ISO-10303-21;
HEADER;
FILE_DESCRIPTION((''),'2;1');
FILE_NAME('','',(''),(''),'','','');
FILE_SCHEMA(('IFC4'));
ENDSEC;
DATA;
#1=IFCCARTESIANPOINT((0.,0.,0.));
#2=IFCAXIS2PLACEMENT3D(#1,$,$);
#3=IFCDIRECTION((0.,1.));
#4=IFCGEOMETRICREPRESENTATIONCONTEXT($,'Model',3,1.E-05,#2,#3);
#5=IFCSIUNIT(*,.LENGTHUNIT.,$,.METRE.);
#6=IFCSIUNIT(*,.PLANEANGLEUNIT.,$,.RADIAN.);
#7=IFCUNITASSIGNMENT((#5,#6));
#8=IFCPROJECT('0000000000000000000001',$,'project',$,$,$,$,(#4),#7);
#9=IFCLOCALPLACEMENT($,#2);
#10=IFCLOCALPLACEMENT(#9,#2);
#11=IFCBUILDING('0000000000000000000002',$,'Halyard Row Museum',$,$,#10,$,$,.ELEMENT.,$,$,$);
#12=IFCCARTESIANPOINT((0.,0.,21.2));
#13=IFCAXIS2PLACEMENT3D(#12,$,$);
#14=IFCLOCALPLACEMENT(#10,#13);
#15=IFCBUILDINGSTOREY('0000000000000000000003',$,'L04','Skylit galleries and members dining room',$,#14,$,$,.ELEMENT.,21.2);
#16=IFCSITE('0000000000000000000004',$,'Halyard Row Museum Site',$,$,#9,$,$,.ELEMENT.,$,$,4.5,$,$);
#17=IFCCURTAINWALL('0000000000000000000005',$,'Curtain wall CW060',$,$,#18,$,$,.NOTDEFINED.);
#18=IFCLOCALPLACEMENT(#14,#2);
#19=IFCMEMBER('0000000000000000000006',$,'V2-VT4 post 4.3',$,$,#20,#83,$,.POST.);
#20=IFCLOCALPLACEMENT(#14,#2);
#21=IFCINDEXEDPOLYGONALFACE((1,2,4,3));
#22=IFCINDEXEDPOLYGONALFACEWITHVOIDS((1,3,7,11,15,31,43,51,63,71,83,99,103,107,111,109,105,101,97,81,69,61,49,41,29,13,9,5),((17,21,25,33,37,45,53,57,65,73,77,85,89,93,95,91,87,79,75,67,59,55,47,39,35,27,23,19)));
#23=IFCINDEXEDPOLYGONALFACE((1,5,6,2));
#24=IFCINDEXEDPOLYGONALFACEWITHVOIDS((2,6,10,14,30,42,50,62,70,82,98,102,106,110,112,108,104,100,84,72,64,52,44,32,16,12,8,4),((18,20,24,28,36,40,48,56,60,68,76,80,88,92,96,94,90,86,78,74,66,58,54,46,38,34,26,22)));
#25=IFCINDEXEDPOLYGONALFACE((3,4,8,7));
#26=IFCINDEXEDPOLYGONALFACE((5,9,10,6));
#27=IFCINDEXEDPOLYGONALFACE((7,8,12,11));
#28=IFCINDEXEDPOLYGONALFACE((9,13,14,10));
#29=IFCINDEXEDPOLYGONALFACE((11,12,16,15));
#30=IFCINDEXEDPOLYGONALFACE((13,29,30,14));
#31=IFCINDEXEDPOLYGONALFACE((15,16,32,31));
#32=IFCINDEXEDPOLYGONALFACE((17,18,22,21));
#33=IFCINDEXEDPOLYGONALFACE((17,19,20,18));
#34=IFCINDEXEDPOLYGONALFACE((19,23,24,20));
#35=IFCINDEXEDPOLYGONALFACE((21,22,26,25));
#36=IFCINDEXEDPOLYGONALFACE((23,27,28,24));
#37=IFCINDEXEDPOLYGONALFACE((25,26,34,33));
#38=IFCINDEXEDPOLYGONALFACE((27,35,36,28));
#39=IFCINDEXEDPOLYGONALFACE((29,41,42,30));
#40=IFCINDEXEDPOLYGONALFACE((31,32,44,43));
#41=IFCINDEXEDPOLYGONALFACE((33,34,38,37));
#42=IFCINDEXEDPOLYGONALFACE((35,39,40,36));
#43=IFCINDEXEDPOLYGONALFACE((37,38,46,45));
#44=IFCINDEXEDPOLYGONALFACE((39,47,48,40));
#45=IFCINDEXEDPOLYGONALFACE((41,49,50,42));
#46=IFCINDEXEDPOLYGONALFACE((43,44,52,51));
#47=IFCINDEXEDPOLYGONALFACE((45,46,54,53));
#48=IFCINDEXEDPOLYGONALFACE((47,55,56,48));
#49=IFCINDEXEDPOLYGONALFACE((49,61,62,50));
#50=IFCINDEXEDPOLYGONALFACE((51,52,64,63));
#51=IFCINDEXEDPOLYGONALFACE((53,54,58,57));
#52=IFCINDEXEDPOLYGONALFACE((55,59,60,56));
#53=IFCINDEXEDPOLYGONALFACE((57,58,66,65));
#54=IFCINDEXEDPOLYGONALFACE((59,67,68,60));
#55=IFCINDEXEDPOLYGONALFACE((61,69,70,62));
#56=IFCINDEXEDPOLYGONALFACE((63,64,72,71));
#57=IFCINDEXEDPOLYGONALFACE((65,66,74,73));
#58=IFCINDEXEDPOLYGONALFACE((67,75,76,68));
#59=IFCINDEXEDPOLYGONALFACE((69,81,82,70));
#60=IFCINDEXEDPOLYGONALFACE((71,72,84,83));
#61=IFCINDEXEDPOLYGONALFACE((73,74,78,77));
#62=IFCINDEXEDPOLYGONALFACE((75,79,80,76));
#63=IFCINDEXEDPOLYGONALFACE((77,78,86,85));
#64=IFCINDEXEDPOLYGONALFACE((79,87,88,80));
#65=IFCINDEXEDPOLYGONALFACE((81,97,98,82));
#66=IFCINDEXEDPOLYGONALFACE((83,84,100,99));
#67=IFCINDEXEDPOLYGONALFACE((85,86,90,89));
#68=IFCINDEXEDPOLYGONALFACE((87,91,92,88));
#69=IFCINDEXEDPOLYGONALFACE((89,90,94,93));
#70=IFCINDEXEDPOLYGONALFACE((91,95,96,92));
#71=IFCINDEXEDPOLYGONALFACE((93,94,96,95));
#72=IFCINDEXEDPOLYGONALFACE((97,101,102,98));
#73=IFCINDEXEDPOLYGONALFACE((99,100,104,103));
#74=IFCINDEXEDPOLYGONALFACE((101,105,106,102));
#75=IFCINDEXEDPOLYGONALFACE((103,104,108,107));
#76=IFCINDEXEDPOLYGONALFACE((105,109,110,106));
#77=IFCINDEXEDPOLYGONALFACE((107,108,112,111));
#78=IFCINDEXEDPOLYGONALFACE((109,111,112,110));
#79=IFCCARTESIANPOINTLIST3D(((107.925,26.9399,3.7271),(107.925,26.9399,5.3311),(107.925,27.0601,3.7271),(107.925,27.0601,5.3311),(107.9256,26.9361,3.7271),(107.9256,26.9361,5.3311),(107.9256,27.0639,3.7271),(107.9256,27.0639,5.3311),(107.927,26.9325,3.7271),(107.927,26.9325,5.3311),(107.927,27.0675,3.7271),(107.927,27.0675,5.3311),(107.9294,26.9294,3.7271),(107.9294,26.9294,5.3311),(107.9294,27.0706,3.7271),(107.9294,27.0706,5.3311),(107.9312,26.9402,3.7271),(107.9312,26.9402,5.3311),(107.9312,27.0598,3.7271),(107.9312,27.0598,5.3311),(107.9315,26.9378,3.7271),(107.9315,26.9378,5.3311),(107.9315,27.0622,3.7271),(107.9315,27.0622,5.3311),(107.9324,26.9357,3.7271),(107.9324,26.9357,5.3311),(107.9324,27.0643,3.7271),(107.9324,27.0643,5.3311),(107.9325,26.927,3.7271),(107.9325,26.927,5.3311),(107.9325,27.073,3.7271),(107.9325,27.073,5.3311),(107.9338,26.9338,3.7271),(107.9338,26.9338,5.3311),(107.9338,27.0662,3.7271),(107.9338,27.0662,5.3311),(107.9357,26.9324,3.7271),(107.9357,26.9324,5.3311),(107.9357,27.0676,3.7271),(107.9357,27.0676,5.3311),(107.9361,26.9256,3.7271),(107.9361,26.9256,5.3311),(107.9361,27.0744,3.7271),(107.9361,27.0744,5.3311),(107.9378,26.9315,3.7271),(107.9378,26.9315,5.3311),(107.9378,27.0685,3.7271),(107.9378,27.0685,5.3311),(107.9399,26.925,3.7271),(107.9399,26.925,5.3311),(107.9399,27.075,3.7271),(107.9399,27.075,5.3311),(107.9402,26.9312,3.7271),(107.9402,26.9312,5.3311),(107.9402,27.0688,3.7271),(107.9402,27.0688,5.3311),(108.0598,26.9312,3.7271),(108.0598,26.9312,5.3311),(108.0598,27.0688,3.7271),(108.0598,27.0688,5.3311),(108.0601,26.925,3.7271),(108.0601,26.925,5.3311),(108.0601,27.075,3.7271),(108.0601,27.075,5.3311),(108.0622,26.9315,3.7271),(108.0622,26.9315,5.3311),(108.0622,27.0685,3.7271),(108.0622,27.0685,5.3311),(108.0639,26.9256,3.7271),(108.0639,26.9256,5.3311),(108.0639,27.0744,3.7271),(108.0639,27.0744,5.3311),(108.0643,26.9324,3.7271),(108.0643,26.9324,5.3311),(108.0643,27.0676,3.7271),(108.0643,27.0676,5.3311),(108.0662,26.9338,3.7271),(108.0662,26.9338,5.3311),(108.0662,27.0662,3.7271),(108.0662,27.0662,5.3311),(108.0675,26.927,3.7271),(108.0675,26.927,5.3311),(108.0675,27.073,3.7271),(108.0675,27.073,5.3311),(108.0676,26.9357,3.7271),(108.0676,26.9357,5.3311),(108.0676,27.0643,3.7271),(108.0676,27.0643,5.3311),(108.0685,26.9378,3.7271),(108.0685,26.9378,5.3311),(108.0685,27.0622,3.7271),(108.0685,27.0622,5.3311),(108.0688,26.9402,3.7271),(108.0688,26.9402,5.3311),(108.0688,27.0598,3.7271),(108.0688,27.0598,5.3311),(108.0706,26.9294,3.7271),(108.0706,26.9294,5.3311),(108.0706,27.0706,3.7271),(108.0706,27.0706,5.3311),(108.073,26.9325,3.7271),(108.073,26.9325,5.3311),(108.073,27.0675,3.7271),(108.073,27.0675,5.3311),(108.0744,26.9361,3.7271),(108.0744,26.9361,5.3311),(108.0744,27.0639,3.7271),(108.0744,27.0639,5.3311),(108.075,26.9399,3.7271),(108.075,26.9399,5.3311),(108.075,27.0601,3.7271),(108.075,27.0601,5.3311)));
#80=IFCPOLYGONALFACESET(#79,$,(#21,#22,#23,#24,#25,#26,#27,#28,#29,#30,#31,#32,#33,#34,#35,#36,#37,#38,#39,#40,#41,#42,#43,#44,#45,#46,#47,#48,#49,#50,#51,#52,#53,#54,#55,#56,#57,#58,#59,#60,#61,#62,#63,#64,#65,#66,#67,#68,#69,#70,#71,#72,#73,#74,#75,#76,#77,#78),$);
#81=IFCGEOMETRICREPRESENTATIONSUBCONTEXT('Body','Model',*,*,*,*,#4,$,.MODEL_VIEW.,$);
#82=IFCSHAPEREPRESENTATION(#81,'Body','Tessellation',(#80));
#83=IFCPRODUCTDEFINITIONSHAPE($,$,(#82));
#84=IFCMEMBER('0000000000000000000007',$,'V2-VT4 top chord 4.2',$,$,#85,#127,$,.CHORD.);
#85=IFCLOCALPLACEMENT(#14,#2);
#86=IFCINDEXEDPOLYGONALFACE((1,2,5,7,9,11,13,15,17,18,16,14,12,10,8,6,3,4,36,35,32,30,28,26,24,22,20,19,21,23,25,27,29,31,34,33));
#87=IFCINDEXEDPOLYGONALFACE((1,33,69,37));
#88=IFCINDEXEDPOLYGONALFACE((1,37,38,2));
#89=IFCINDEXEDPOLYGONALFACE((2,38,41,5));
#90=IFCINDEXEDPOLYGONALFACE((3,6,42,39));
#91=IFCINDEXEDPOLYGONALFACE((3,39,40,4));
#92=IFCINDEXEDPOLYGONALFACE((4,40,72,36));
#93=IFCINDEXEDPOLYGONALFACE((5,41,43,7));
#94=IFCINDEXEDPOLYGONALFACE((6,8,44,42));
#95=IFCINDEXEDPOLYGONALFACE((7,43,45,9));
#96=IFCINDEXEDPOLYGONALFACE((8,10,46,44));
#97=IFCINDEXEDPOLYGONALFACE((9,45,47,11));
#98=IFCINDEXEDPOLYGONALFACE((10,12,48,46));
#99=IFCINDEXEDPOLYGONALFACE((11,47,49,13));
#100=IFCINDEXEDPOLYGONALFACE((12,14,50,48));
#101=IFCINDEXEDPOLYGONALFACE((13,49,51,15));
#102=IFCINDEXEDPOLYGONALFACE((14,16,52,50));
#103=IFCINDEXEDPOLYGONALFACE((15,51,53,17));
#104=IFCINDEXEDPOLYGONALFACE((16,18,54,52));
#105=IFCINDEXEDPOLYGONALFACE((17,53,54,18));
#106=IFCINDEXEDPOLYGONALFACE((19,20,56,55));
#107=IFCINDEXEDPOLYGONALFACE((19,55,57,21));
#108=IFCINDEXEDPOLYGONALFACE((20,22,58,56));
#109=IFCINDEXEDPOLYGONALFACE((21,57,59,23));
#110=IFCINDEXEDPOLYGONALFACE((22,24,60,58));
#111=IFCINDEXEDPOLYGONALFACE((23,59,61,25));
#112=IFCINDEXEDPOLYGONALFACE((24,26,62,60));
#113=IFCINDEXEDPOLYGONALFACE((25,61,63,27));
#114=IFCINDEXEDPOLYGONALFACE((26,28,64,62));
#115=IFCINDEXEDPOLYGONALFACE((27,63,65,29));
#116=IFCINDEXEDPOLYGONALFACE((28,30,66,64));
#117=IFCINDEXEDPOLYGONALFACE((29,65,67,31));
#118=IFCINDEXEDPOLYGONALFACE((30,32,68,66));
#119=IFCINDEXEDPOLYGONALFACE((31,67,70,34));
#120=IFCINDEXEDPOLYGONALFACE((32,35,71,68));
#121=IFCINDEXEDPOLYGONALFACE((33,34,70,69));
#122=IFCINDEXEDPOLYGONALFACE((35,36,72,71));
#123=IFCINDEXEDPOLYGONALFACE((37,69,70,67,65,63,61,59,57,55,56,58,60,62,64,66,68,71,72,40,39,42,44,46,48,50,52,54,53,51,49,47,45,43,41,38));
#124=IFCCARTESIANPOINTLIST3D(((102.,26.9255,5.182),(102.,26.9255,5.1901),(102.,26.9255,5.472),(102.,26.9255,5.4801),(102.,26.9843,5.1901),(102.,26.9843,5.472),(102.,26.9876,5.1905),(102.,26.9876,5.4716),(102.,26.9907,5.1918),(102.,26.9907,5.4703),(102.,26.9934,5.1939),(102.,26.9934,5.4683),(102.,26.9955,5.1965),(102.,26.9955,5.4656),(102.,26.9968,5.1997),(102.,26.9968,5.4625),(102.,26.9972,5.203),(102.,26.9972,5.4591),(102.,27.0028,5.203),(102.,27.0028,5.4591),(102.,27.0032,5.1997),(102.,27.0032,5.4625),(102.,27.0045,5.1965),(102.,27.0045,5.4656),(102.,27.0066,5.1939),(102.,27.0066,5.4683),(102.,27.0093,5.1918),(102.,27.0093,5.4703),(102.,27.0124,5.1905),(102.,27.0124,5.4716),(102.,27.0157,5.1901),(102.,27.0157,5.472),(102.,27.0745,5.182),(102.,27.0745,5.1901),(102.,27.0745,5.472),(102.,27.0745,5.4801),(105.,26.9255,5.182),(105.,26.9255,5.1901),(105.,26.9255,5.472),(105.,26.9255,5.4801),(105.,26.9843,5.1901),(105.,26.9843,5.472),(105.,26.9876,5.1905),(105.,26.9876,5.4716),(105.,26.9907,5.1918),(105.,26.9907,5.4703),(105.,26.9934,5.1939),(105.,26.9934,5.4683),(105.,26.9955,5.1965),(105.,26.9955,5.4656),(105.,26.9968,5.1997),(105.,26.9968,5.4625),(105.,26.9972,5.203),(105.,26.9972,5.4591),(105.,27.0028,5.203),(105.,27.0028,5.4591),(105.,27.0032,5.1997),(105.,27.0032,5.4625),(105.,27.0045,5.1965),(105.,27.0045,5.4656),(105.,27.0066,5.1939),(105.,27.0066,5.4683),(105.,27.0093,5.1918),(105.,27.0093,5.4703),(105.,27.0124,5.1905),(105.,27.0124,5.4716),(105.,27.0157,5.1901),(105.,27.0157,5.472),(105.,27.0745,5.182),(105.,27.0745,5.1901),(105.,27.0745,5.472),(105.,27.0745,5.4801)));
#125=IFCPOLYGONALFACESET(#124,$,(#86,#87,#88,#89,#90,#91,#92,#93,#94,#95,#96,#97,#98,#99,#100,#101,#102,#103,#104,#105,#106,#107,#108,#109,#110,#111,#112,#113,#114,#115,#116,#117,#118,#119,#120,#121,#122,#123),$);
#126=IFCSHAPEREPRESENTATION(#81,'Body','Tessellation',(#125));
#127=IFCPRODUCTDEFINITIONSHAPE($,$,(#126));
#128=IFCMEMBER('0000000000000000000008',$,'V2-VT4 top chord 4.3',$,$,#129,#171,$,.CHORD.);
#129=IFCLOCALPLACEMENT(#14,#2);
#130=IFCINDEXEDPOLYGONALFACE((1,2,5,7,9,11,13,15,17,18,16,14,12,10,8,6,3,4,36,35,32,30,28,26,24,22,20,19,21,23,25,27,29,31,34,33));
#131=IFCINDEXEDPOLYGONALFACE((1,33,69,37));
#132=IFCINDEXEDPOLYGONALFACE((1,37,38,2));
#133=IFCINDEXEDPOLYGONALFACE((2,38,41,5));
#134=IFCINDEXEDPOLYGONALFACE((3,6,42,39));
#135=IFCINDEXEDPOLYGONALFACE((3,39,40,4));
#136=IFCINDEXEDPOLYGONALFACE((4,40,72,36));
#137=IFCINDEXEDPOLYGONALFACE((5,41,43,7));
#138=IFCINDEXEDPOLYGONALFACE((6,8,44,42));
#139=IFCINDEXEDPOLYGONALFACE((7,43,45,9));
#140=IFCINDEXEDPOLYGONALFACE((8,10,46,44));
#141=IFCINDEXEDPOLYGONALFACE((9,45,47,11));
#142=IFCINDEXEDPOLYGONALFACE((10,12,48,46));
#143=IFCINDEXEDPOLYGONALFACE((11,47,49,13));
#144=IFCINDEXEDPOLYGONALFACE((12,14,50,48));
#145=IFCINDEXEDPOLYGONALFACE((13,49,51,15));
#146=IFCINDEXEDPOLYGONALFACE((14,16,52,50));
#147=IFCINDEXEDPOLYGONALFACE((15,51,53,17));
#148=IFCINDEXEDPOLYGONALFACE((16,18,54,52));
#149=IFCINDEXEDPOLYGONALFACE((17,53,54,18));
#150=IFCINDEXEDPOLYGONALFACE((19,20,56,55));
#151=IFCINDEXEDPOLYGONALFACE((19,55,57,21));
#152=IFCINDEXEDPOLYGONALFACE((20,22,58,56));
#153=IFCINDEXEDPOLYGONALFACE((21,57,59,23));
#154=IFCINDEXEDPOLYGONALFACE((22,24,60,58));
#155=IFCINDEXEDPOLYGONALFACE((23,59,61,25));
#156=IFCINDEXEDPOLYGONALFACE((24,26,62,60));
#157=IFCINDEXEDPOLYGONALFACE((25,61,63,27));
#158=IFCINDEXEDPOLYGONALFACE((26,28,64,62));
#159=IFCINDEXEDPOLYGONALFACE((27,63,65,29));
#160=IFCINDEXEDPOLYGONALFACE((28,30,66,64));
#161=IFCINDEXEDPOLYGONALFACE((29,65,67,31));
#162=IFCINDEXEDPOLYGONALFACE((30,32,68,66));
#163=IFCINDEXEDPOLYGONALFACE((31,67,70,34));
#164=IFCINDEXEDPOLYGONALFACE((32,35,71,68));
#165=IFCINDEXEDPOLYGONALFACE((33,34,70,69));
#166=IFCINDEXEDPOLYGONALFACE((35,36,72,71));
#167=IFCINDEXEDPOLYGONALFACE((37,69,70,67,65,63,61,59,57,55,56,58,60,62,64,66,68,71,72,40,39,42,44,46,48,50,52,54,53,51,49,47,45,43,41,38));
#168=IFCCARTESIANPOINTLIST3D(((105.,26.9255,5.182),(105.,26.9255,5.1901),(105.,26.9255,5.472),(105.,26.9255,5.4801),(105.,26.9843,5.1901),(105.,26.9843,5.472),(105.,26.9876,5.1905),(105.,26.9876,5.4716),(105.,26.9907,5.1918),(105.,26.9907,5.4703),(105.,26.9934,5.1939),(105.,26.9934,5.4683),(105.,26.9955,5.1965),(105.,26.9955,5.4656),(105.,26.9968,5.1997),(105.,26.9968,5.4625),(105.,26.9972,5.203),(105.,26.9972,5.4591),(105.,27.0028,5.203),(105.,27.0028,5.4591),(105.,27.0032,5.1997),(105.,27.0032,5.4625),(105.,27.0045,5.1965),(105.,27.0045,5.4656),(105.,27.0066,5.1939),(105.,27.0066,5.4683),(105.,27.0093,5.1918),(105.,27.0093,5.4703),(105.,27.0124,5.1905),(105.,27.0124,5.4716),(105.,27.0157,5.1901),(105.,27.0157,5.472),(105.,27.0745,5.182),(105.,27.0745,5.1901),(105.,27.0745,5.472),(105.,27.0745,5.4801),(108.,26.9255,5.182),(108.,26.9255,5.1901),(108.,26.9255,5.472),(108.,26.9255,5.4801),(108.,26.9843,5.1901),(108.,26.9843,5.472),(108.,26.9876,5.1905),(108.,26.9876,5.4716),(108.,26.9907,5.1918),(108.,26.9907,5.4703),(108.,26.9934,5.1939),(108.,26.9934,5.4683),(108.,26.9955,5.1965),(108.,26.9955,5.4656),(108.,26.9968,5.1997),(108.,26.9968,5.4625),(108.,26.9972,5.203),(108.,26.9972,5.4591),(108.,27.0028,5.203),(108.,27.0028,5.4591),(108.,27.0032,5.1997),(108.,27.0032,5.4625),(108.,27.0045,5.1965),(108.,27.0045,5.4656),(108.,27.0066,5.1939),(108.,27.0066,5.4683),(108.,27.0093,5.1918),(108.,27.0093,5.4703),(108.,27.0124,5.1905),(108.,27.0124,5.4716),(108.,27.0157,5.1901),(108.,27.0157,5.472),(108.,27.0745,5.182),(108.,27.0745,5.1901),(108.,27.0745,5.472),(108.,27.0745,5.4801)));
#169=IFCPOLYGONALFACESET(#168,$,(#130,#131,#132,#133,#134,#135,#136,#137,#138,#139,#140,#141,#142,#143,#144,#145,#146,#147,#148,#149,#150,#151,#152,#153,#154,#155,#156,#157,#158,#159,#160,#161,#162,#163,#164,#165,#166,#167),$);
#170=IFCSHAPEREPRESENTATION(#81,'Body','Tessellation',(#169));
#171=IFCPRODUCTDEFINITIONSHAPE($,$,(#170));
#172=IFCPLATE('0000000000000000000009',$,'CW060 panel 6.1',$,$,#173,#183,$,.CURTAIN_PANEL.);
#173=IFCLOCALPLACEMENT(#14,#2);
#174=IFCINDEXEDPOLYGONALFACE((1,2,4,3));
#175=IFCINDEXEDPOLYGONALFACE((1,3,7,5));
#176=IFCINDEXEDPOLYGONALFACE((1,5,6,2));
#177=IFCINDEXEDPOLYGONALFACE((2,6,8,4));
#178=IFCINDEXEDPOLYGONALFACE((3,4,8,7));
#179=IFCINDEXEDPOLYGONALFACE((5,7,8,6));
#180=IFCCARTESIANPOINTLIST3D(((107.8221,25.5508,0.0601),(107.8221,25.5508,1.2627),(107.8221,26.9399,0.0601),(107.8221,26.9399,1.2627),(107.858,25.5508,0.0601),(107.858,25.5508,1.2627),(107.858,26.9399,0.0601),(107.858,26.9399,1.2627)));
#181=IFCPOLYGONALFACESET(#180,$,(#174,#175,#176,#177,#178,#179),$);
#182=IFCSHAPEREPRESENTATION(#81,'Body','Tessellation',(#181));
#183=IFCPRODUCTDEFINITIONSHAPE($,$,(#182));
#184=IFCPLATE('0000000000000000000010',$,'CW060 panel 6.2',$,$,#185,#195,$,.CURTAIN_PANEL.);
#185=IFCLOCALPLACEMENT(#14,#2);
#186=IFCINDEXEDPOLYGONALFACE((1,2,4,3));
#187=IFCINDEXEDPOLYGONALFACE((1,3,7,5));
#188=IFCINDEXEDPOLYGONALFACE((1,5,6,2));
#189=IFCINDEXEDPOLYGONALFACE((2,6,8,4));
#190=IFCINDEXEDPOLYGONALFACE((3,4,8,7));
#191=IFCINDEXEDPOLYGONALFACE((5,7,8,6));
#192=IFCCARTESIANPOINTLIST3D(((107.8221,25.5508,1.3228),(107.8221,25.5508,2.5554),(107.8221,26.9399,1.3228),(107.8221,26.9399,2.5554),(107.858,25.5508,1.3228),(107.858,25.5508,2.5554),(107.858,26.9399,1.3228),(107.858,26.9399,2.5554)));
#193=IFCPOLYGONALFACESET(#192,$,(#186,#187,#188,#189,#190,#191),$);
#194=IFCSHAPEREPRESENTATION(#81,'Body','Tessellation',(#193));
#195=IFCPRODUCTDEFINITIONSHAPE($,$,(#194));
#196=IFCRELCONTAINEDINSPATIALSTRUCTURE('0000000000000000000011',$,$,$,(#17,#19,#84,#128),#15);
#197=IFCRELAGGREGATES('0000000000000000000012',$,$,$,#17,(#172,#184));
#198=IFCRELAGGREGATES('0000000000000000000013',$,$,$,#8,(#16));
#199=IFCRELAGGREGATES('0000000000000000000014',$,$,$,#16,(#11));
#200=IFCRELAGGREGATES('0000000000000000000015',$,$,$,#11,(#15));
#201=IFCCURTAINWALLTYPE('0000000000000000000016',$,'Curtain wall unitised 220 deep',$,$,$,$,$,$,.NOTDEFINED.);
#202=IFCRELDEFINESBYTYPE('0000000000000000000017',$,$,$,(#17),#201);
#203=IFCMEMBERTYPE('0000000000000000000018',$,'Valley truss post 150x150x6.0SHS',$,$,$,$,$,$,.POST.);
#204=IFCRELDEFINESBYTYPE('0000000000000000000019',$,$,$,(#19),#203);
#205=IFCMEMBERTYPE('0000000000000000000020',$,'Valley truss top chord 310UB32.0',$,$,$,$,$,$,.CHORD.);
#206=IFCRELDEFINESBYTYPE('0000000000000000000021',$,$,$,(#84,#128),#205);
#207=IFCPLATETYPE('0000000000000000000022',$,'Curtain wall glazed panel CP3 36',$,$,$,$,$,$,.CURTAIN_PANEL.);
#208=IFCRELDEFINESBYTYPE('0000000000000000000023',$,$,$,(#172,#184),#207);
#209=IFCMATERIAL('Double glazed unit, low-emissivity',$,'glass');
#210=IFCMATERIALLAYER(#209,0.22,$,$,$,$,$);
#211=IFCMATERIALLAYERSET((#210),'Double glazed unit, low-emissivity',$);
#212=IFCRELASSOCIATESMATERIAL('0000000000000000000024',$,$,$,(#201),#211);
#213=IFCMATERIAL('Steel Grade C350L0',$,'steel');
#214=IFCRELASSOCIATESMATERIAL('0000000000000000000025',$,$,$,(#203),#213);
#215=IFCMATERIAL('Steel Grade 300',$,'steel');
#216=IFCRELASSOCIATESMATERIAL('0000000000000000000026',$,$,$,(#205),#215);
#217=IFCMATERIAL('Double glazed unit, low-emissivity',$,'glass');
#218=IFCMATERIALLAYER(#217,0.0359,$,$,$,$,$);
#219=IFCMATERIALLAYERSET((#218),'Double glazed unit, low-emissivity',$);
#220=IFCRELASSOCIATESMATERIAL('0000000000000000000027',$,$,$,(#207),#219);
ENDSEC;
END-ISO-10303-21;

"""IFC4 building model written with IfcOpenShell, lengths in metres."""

from ifc_helpers import new_model, si_unit, direction, frame, origin, origin_2d, place, context, subcontext, project, spatial, rectangle, hollow_rectangle, i_section, extrude, material, layer, layer_set, material_profile, profile_set, type_object, element, aggregate, save


model = new_model("IFC4")

# Units and contexts
model_context = context("Model", 3, precision=1e-05, world=origin(), true_north=direction((0.0, 1.0)))
body_context = subcontext(model_context, "Body", "Model", "MODEL_VIEW")
ifc_project = project(units=[si_unit("LENGTHUNIT", "METRE"), si_unit("PLANEANGLEUNIT", "RADIAN")], contexts=[model_context])

# Site, building, storey
site_placement = place(None, origin())
site = spatial("IfcSite", under=ifc_project, at=site_placement, Name="Halyard Row Museum Site", CompositionType="ELEMENT", RefElevation=4.5)
building_placement = place(site_placement, origin())
building = spatial("IfcBuilding", under=site, at=building_placement, Name="Halyard Row Museum", CompositionType="ELEMENT")
storey_placement = place(building_placement, frame((0.0, 0.0, 21.2)))
storey = spatial("IfcBuildingStorey", under=building, at=storey_placement, Name="L04", Description="Skylit galleries and members dining room", CompositionType="ELEMENT", Elevation=21.2)

# Curtain wall
ifc_material_1 = material(Name="Double glazed unit, low-emissivity", Category="glass")
ifc_layer_1 = layer(ifc_material_1, 0.22)
ifc_layer_set_1 = layer_set([ifc_layer_1], Name="Double glazed unit, low-emissivity")
curtain_wall_type = type_object("IfcCurtainWallType", Name="Curtain wall unitised 220 deep", PredefinedType="NOTDEFINED", material=ifc_layer_set_1)
curtain_wall_placement = place(storey_placement, origin())
curtain_wall = element("IfcCurtainWall", 1, at=curtain_wall_placement, inside=storey, type_object=curtain_wall_type, Name="Curtain wall CW060", PredefinedType="NOTDEFINED")

# Members
ifc_material_2 = material(Name="Steel Grade C350L0", Category="steel")
ifc_material_profile_1 = material_profile(ifc_material_2, hollow_rectangle(XDim=0.1499, YDim=0.1499, WallThickness=0.0061, InnerFilletRadius=0.009, OuterFilletRadius=0.0149, at=origin_2d()), Name="150x150x6.0SHS")
ifc_profile_set_1 = profile_set([ifc_material_profile_1], Name="Steel Grade C350L0")
member_type_1 = type_object("IfcMemberType", Name="Valley truss post 150x150x6.0SHS", PredefinedType="POST", material=ifc_profile_set_1)
member_1_placement = place(storey_placement, frame((108.0, 27.0, 3.7271), z_axis=(0.0, 0.0, 1.0), x_axis=(1.0, 0.0, 0.0)))
element("IfcMember", 2, at=member_1_placement, inside=storey, type_object=member_type_1, Name="V2-VT4 post 4.3", PredefinedType="POST", context=body_context, shape_type="SweptSolid", body=[
    extrude(hollow_rectangle(XDim=0.1499, YDim=0.1499, WallThickness=0.0061, InnerFilletRadius=0.009, OuterFilletRadius=0.0149, at=origin_2d()), origin(), (0.0, 0.0, 1.0), 1.604),
])
ifc_material_3 = material(Name="Steel Grade 300", Category="steel")
ifc_material_profile_2 = material_profile(ifc_material_3, i_section(OverallWidth=0.1489, OverallDepth=0.2981, WebThickness=0.0056, FlangeThickness=0.0081, FilletRadius=0.0129, at=origin_2d()), Name="310UB32.0")
ifc_profile_set_2 = profile_set([ifc_material_profile_2], Name="Steel Grade 300")
member_type_2 = type_object("IfcMemberType", Name="Valley truss top chord 310UB32.0", PredefinedType="CHORD", material=ifc_profile_set_2)
for number, where, z_axis, x_axis, name in (
    (3, (102.0, 27.0, 5.3311), (1.0, 0.0, 0.0), (0.0, 1.0, 0.0), "V2-VT4 top chord 4.2"),
    (4, (105.0, 27.0, 5.3311), (1.0, 0.0, 0.0), (0.0, 1.0, 0.0), "V2-VT4 top chord 4.3"),
):
    element("IfcMember", number, at=place(storey_placement, frame(where, z_axis=z_axis, x_axis=x_axis)), inside=storey, type_object=member_type_2, Name=name, PredefinedType="CHORD", context=body_context, shape_type="SweptSolid", body=[
        extrude(i_section(OverallWidth=0.1489, OverallDepth=0.2981, WebThickness=0.0056, FlangeThickness=0.0081, FilletRadius=0.0129, at=origin_2d()), origin(), (0.0, 0.0, 1.0), 3.0),
    ])

# Plates
ifc_material_4 = material(Name="Double glazed unit, low-emissivity", Category="glass")
ifc_layer_2 = layer(ifc_material_4, 0.0359)
ifc_layer_set_2 = layer_set([ifc_layer_2], Name="Double glazed unit, low-emissivity")
plate_type = type_object("IfcPlateType", Name="Curtain wall glazed panel CP3 36", PredefinedType="CURTAIN_PANEL", material=ifc_layer_set_2)
plate_1_placement = place(storey_placement, frame((107.8401, 26.2454, 0.0601), z_axis=(0.0, 0.0, 1.0), x_axis=(0.0, 1.0, 0.0)))
plate_1 = element("IfcPlate", 5, at=plate_1_placement, type_object=plate_type, Name="CW060 panel 6.1", PredefinedType="CURTAIN_PANEL", context=body_context, shape_type="SweptSolid", body=[
    extrude(rectangle(XDim=1.3892, YDim=0.0359, at=origin_2d()), origin(), (0.0, 0.0, 1.0), 1.2026),
])
plate_2_placement = place(storey_placement, frame((107.8401, 26.2454, 1.3228), z_axis=(0.0, 0.0, 1.0), x_axis=(0.0, 1.0, 0.0)))
plate_2 = element("IfcPlate", 6, at=plate_2_placement, type_object=plate_type, Name="CW060 panel 6.2", PredefinedType="CURTAIN_PANEL", context=body_context, shape_type="SweptSolid", body=[
    extrude(rectangle(XDim=1.3892, YDim=0.0359, at=origin_2d()), origin(), (0.0, 0.0, 1.0), 1.2327),
])
aggregate(curtain_wall, [plate_1, plate_2])

save(model, "model.ifc")
